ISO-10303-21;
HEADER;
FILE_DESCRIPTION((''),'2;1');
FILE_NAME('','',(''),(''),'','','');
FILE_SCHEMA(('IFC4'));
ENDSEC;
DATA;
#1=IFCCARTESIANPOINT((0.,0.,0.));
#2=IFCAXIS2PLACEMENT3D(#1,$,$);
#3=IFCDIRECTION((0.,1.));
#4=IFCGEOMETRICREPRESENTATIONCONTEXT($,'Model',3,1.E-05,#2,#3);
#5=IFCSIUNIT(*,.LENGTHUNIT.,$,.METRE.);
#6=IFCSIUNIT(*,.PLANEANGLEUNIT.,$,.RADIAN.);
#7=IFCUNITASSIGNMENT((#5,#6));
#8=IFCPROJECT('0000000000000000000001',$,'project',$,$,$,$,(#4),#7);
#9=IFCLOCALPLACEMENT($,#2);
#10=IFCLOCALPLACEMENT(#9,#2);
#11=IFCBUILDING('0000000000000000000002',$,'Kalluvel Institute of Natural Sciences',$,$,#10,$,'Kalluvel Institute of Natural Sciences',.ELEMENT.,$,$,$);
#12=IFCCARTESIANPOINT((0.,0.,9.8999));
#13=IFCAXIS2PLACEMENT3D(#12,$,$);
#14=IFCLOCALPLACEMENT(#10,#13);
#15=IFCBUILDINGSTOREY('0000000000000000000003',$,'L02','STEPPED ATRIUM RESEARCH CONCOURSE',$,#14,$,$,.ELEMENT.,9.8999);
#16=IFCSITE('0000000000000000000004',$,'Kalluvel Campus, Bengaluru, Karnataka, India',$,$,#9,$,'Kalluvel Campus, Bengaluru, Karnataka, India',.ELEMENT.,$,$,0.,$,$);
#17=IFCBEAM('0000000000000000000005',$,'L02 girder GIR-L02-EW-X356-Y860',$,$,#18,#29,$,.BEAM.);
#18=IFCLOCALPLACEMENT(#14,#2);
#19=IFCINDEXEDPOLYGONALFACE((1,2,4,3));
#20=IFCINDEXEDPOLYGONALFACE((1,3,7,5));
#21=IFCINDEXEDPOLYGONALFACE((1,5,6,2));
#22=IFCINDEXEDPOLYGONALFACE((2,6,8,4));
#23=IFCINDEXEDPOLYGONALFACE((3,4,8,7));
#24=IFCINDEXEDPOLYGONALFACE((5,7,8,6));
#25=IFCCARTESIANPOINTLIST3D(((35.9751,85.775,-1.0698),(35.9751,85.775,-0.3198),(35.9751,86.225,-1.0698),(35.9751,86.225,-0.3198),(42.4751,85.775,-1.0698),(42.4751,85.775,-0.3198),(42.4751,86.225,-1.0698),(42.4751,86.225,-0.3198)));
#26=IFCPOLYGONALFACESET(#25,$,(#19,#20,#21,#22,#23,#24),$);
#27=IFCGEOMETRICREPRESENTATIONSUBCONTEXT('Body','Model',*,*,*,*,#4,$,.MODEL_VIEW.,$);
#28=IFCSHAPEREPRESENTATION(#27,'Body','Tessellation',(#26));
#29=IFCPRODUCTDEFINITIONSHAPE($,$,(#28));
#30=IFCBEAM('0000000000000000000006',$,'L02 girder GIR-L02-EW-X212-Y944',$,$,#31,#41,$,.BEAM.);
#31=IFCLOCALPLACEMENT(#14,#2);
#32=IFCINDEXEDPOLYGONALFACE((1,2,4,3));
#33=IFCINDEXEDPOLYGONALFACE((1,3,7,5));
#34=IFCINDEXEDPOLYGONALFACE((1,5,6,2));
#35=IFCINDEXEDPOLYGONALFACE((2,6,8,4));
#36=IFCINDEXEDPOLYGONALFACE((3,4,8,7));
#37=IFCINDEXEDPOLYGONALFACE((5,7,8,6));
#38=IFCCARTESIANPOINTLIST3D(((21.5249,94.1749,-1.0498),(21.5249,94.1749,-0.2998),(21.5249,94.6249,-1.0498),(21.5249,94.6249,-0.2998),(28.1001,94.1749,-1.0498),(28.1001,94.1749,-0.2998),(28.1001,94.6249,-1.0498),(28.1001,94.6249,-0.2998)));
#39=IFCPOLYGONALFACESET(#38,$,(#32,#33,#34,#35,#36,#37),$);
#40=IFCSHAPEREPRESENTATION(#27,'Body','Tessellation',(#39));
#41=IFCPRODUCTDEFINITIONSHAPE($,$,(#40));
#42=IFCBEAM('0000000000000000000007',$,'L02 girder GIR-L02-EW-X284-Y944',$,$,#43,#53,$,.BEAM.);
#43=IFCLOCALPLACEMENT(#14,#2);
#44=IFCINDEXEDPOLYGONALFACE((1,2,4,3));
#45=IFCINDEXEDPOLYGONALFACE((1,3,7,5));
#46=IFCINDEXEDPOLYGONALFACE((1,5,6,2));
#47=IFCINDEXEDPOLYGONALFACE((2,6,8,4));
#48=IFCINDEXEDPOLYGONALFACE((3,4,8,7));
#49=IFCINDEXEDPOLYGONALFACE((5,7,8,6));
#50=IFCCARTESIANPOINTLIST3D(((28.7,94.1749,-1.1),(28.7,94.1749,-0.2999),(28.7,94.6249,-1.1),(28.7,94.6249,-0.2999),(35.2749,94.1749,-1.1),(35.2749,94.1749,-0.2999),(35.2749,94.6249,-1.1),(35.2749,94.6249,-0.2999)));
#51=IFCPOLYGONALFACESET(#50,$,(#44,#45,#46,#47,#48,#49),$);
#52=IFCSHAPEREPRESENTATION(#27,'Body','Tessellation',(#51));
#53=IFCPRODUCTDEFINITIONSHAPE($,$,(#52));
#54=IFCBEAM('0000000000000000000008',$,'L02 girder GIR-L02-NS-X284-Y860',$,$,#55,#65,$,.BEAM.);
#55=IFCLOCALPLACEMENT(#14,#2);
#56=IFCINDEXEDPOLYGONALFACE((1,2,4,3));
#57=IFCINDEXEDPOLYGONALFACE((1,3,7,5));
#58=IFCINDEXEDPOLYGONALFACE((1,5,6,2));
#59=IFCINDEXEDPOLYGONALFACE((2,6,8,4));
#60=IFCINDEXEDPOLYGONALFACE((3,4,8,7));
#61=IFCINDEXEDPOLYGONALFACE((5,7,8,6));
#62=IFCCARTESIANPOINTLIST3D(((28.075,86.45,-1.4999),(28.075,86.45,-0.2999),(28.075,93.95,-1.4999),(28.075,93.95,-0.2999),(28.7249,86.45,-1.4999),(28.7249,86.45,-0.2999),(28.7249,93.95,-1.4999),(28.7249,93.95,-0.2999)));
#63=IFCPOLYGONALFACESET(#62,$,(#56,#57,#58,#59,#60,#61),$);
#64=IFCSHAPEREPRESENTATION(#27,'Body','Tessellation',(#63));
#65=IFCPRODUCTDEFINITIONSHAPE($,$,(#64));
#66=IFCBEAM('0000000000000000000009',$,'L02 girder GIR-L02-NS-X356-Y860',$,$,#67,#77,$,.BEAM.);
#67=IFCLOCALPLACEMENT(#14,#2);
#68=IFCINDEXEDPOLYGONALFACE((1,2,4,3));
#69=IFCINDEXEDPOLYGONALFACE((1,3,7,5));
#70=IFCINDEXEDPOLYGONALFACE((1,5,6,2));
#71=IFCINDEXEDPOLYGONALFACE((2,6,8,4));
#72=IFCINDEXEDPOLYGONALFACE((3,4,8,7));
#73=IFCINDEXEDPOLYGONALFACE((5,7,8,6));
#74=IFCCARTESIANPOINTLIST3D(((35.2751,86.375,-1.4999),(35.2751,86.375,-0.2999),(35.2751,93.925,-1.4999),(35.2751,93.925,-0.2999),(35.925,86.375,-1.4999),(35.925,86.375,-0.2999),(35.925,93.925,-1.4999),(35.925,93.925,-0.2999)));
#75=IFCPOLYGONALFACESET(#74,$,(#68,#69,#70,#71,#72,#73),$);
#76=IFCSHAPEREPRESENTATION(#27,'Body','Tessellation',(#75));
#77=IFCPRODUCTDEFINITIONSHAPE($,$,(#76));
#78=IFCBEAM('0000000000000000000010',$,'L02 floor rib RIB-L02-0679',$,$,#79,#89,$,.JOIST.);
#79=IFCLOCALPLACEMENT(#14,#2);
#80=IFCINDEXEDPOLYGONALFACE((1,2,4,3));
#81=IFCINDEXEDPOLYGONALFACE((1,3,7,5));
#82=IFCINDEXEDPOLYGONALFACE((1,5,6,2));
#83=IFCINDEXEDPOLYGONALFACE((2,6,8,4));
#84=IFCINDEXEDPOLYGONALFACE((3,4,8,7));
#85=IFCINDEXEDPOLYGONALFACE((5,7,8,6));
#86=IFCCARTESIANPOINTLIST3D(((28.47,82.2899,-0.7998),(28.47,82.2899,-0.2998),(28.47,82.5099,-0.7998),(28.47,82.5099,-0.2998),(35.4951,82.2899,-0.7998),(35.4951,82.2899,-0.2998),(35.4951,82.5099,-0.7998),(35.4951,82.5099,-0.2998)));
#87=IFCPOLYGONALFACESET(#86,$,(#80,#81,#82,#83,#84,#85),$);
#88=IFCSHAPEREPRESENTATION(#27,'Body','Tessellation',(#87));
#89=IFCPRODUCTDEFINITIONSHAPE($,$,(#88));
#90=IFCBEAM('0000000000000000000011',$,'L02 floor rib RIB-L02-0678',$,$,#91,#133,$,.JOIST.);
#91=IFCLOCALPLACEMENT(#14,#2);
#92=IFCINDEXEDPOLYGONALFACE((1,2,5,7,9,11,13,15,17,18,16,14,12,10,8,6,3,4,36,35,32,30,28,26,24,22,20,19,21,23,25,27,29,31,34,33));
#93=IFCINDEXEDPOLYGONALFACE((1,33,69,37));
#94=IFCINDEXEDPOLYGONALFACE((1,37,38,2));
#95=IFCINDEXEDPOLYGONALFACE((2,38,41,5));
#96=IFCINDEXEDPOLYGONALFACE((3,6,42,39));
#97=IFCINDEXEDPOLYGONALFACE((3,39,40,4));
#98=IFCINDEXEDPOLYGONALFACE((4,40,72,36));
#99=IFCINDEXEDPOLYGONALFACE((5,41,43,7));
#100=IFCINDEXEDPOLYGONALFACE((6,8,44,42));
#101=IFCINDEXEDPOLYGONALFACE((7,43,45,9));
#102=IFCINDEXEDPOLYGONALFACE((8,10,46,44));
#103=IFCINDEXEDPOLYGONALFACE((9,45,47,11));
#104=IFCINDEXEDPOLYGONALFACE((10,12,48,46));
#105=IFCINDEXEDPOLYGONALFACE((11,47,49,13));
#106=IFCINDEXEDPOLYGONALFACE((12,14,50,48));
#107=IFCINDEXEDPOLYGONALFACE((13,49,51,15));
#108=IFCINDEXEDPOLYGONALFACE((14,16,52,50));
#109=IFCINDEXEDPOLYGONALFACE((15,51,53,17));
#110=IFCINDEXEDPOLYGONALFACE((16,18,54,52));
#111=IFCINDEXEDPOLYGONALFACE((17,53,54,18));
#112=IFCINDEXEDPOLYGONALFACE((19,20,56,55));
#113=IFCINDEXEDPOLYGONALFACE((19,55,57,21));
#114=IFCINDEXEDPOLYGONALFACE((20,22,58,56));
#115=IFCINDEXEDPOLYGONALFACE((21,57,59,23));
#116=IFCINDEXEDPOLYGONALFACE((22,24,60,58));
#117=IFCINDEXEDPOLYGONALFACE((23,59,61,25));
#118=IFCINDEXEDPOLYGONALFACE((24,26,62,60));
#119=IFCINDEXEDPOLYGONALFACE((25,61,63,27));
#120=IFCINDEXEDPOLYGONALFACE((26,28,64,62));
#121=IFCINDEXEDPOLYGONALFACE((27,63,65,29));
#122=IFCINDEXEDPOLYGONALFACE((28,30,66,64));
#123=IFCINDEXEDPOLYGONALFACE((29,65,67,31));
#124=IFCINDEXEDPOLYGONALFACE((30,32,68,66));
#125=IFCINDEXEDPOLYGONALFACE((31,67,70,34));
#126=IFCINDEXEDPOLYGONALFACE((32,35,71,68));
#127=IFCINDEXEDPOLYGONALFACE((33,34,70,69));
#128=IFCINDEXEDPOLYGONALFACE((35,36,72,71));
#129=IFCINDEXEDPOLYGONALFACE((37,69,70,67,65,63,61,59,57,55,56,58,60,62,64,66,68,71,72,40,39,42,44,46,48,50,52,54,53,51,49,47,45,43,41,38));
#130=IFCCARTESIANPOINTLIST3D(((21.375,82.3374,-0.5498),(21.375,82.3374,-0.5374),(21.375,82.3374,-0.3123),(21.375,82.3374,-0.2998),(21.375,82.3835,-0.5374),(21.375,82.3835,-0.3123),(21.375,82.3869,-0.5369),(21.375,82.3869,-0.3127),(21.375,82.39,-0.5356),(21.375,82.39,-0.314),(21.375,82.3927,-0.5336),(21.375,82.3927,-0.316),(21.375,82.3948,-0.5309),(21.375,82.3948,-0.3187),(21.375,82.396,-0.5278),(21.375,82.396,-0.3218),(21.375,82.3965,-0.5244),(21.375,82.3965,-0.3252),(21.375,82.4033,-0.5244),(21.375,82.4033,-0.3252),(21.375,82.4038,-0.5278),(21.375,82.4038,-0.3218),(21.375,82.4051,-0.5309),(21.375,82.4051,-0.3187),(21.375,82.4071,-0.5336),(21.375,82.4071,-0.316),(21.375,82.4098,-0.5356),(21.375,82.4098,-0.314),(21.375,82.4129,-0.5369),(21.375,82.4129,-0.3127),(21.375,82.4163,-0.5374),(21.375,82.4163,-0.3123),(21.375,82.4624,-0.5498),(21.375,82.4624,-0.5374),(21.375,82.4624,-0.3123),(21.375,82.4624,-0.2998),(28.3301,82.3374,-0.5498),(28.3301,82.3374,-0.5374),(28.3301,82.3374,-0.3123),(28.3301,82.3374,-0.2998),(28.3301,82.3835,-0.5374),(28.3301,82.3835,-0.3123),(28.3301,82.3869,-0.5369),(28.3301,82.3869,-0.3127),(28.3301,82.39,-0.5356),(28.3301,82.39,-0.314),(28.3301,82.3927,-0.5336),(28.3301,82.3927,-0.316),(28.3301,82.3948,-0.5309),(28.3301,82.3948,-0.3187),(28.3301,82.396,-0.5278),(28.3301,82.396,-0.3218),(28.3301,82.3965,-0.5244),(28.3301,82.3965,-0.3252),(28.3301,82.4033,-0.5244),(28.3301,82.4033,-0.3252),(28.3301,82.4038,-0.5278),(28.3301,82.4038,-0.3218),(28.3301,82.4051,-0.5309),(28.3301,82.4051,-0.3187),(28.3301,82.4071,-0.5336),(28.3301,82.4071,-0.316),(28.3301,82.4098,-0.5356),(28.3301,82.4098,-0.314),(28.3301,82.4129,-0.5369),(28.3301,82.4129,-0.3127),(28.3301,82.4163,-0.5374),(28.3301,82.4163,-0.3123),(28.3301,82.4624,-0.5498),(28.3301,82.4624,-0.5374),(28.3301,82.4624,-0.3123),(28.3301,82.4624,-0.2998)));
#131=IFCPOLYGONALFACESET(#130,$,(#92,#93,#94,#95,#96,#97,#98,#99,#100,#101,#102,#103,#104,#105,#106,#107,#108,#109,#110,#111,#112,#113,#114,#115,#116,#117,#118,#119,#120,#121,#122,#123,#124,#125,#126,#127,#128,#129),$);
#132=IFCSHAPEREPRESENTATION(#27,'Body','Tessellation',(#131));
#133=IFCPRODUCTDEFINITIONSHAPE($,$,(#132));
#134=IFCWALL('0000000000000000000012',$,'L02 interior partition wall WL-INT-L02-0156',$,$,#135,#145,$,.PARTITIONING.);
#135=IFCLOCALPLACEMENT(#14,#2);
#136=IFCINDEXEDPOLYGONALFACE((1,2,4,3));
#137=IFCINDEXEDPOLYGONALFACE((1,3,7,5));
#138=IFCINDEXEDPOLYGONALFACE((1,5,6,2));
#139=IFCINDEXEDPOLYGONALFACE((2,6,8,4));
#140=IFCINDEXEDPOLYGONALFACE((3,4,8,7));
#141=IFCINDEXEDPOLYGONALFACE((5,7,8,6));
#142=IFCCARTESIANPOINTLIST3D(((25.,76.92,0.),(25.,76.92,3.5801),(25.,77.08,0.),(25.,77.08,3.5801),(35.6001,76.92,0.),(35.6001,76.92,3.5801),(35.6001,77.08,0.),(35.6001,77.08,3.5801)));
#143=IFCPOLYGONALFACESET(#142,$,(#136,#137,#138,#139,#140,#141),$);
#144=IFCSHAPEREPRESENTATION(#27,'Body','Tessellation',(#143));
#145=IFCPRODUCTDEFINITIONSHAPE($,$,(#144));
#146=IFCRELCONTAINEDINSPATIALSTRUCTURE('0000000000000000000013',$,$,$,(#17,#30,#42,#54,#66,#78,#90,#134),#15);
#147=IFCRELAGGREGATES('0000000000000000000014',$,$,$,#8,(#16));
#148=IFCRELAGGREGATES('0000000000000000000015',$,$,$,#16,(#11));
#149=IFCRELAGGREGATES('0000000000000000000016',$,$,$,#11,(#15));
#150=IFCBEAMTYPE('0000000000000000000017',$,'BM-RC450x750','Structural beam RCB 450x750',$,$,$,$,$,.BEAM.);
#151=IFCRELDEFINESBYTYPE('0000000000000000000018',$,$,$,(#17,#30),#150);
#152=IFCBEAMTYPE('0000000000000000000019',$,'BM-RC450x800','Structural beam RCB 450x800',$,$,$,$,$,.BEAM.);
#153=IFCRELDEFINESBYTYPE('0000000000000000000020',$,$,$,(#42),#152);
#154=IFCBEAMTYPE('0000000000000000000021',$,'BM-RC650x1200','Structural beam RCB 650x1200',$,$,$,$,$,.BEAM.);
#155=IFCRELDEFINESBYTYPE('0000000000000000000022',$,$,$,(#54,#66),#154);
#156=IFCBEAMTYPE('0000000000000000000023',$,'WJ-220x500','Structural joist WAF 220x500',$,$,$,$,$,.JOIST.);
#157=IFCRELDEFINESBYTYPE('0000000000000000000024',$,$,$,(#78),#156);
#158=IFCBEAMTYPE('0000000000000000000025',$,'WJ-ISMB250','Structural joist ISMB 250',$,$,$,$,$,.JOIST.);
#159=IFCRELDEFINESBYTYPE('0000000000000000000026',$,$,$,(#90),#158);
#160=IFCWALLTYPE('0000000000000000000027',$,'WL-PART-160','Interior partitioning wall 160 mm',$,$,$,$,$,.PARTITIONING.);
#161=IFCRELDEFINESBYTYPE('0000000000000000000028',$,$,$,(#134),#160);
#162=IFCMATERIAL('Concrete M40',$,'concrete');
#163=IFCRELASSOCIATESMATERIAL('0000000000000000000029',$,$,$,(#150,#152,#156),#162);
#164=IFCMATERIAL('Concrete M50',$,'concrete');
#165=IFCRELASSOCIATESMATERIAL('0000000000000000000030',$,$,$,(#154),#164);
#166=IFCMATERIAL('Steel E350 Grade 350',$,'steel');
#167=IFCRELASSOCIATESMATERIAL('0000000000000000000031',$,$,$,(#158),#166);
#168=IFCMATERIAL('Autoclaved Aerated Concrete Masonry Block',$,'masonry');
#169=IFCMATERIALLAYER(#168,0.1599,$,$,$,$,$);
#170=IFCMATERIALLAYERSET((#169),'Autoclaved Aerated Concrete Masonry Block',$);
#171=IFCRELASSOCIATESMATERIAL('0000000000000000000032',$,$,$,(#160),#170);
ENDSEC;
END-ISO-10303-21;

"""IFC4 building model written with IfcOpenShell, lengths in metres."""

from ifc_helpers import new_model, si_unit, direction, frame, frame_2d, origin, origin_2d, place, context, subcontext, project, spatial, rectangle, i_section, extrude, material, layer, layer_set, material_profile, profile_set, type_object, element, save


model = new_model("IFC4")

# Units and contexts
model_context = context("Model", 3, precision=1e-05, world=origin(), true_north=direction((0.0, 1.0)))
body_context = subcontext(model_context, "Body", "Model", "MODEL_VIEW")
ifc_project = project(units=[si_unit("LENGTHUNIT", "METRE"), si_unit("PLANEANGLEUNIT", "RADIAN")], contexts=[model_context])

# Site, building, storey
site_placement = place(None, origin())
site = spatial("IfcSite", under=ifc_project, at=site_placement, Name="Kalluvel Campus, Bengaluru, Karnataka, India", LongName="Kalluvel Campus, Bengaluru, Karnataka, India", CompositionType="ELEMENT", RefElevation=0.0)
building_placement = place(site_placement, origin())
building = spatial("IfcBuilding", under=site, at=building_placement, Name="Kalluvel Institute of Natural Sciences", LongName="Kalluvel Institute of Natural Sciences", CompositionType="ELEMENT")
storey_placement = place(building_placement, frame((0.0, 0.0, 9.8999)))
storey = spatial("IfcBuildingStorey", under=building, at=storey_placement, Name="L02", Description="STEPPED ATRIUM RESEARCH CONCOURSE", CompositionType="ELEMENT", Elevation=9.8999)

# Shared definitions
ifc_material_1 = material(Name="Concrete M50", Category="concrete")
ifc_material_2 = material(Name="Concrete M40", Category="concrete")

# Beams
ifc_material_3 = material(Name="Steel E350 Grade 350", Category="steel")
ifc_material_profile_1 = material_profile(ifc_material_2, rectangle(XDim=0.45, YDim=0.75, at=origin_2d()), Name="RCB 450x750")
ifc_profile_set_1 = profile_set([ifc_material_profile_1], Name="Concrete M40")
beam_type_1 = type_object("IfcBeamType", Name="BM-RC450x750", Description="Structural beam RCB 450x750", PredefinedType="BEAM", material=ifc_profile_set_1)
beam_1_placement = place(storey_placement, frame((35.9751, 86.0, -0.6948), z_axis=(1.0, 0.0, 0.0), x_axis=(0.0, 1.0, 0.0)))
element("IfcBeam", 1, at=beam_1_placement, inside=storey, type_object=beam_type_1, Name="L02 girder GIR-L02-EW-X356-Y860", PredefinedType="BEAM", context=body_context, shape_type="SweptSolid", body=[
    extrude(rectangle(XDim=0.45, YDim=0.75, at=origin_2d()), origin(), (0.0, 0.0, 1.0), 6.5),
])
beam_2_placement = place(storey_placement, frame((21.5249, 94.3999, -0.6748), z_axis=(1.0, 0.0, 0.0), x_axis=(0.0, 1.0, 0.0)))
element("IfcBeam", 2, at=beam_2_placement, inside=storey, type_object=beam_type_1, Name="L02 girder GIR-L02-EW-X212-Y944", PredefinedType="BEAM", context=body_context, shape_type="SweptSolid", body=[
    extrude(rectangle(XDim=0.45, YDim=0.75, at=origin_2d()), origin(), (0.0, 0.0, 1.0), 6.5752),
])
ifc_material_profile_2 = material_profile(ifc_material_2, rectangle(XDim=0.45, YDim=0.8, at=origin_2d()), Name="RCB 450x800")
ifc_profile_set_2 = profile_set([ifc_material_profile_2], Name="Concrete M40")
beam_type_2 = type_object("IfcBeamType", Name="BM-RC450x800", Description="Structural beam RCB 450x800", PredefinedType="BEAM", material=ifc_profile_set_2)
beam_3_placement = place(storey_placement, frame((28.7, 94.3999, -0.7), z_axis=(1.0, 0.0, 0.0), x_axis=(0.0, 1.0, 0.0)))
element("IfcBeam", 3, at=beam_3_placement, inside=storey, type_object=beam_type_2, Name="L02 girder GIR-L02-EW-X284-Y944", PredefinedType="BEAM", context=body_context, shape_type="SweptSolid", body=[
    extrude(rectangle(XDim=0.45, YDim=0.8, at=origin_2d()), origin(), (0.0, 0.0, 1.0), 6.575),
])
ifc_material_profile_3 = material_profile(ifc_material_1, rectangle(XDim=0.6499, YDim=1.2, at=origin_2d()), Name="RCB 650x1200")
ifc_profile_set_3 = profile_set([ifc_material_profile_3], Name="Concrete M50")
beam_type_3 = type_object("IfcBeamType", Name="BM-RC650x1200", Description="Structural beam RCB 650x1200", PredefinedType="BEAM", material=ifc_profile_set_3)
beam_4_placement = place(storey_placement, frame((28.3999, 86.45, -0.8999), z_axis=(0.0, 1.0, 0.0), x_axis=(-1.0, 0.0, 0.0)))
element("IfcBeam", 4, at=beam_4_placement, inside=storey, type_object=beam_type_3, Name="L02 girder GIR-L02-NS-X284-Y860", PredefinedType="BEAM", context=body_context, shape_type="SweptSolid", body=[
    extrude(rectangle(XDim=0.6499, YDim=1.2, at=origin_2d()), origin(), (0.0, 0.0, 1.0), 7.5),
])
beam_5_placement = place(storey_placement, frame((35.6001, 86.375, -0.8999), z_axis=(0.0, 1.0, 0.0), x_axis=(-1.0, 0.0, 0.0)))
element("IfcBeam", 5, at=beam_5_placement, inside=storey, type_object=beam_type_3, Name="L02 girder GIR-L02-NS-X356-Y860", PredefinedType="BEAM", context=body_context, shape_type="SweptSolid", body=[
    extrude(rectangle(XDim=0.6499, YDim=1.2, at=origin_2d()), origin(), (0.0, 0.0, 1.0), 7.55),
])
ifc_material_profile_4 = material_profile(ifc_material_2, rectangle(XDim=0.22, YDim=0.5, at=origin_2d()), Name="WAF 220x500")
ifc_profile_set_4 = profile_set([ifc_material_profile_4], Name="Concrete M40")
beam_type_4 = type_object("IfcBeamType", Name="WJ-220x500", Description="Structural joist WAF 220x500", PredefinedType="JOIST", material=ifc_profile_set_4)
beam_6_placement = place(storey_placement, frame((28.47, 82.3999, -0.5498), z_axis=(1.0, 0.0, 0.0), x_axis=(0.0, 1.0, 0.0)))
element("IfcBeam", 6, at=beam_6_placement, inside=storey, type_object=beam_type_4, Name="L02 floor rib RIB-L02-0679", PredefinedType="JOIST", context=body_context, shape_type="SweptSolid", body=[
    extrude(rectangle(XDim=0.22, YDim=0.5, at=origin_2d()), origin(), (0.0, 0.0, 1.0), 7.0251),
])
ifc_material_profile_5 = material_profile(ifc_material_3, i_section(OverallWidth=0.125, OverallDepth=0.25, WebThickness=0.0068, FlangeThickness=0.0125, FilletRadius=0.0129, at=origin_2d()), Name="ISMB 250")
ifc_profile_set_5 = profile_set([ifc_material_profile_5], Name="Steel E350 Grade 350")
beam_type_5 = type_object("IfcBeamType", Name="WJ-ISMB250", Description="Structural joist ISMB 250", PredefinedType="JOIST", material=ifc_profile_set_5)
beam_7_placement = place(storey_placement, frame((21.375, 82.3999, -0.4248), z_axis=(1.0, 0.0, 0.0), x_axis=(0.0, 1.0, 0.0)))
element("IfcBeam", 7, at=beam_7_placement, inside=storey, type_object=beam_type_5, Name="L02 floor rib RIB-L02-0678", PredefinedType="JOIST", context=body_context, shape_type="SweptSolid", body=[
    extrude(i_section(OverallWidth=0.125, OverallDepth=0.25, WebThickness=0.0068, FlangeThickness=0.0125, FilletRadius=0.0129, at=origin_2d()), origin(), (0.0, 0.0, 1.0), 6.9551),
])

# Wall
ifc_material_4 = material(Name="Autoclaved Aerated Concrete Masonry Block", Category="masonry")
ifc_layer = layer(ifc_material_4, 0.1599)
ifc_layer_set = layer_set([ifc_layer], Name="Autoclaved Aerated Concrete Masonry Block")
wall_type = type_object("IfcWallType", Name="WL-PART-160", Description="Interior partitioning wall 160 mm", PredefinedType="PARTITIONING", material=ifc_layer_set)
wall_placement = place(storey_placement, frame((25.0, 77.0, 0.0), z_axis=(0.0, 0.0, 1.0), x_axis=(1.0, 0.0, 0.0)))
element("IfcWall", 8, at=wall_placement, inside=storey, type_object=wall_type, Name="L02 interior partition wall WL-INT-L02-0156", PredefinedType="PARTITIONING", context=body_context, shape_type="SweptSolid", body=[
    extrude(rectangle(XDim=10.6001, YDim=0.1599, at=frame_2d((5.3, 0.0))), origin(), (0.0, 0.0, 1.0), 3.5801),
])

save(model, "model.ifc")
